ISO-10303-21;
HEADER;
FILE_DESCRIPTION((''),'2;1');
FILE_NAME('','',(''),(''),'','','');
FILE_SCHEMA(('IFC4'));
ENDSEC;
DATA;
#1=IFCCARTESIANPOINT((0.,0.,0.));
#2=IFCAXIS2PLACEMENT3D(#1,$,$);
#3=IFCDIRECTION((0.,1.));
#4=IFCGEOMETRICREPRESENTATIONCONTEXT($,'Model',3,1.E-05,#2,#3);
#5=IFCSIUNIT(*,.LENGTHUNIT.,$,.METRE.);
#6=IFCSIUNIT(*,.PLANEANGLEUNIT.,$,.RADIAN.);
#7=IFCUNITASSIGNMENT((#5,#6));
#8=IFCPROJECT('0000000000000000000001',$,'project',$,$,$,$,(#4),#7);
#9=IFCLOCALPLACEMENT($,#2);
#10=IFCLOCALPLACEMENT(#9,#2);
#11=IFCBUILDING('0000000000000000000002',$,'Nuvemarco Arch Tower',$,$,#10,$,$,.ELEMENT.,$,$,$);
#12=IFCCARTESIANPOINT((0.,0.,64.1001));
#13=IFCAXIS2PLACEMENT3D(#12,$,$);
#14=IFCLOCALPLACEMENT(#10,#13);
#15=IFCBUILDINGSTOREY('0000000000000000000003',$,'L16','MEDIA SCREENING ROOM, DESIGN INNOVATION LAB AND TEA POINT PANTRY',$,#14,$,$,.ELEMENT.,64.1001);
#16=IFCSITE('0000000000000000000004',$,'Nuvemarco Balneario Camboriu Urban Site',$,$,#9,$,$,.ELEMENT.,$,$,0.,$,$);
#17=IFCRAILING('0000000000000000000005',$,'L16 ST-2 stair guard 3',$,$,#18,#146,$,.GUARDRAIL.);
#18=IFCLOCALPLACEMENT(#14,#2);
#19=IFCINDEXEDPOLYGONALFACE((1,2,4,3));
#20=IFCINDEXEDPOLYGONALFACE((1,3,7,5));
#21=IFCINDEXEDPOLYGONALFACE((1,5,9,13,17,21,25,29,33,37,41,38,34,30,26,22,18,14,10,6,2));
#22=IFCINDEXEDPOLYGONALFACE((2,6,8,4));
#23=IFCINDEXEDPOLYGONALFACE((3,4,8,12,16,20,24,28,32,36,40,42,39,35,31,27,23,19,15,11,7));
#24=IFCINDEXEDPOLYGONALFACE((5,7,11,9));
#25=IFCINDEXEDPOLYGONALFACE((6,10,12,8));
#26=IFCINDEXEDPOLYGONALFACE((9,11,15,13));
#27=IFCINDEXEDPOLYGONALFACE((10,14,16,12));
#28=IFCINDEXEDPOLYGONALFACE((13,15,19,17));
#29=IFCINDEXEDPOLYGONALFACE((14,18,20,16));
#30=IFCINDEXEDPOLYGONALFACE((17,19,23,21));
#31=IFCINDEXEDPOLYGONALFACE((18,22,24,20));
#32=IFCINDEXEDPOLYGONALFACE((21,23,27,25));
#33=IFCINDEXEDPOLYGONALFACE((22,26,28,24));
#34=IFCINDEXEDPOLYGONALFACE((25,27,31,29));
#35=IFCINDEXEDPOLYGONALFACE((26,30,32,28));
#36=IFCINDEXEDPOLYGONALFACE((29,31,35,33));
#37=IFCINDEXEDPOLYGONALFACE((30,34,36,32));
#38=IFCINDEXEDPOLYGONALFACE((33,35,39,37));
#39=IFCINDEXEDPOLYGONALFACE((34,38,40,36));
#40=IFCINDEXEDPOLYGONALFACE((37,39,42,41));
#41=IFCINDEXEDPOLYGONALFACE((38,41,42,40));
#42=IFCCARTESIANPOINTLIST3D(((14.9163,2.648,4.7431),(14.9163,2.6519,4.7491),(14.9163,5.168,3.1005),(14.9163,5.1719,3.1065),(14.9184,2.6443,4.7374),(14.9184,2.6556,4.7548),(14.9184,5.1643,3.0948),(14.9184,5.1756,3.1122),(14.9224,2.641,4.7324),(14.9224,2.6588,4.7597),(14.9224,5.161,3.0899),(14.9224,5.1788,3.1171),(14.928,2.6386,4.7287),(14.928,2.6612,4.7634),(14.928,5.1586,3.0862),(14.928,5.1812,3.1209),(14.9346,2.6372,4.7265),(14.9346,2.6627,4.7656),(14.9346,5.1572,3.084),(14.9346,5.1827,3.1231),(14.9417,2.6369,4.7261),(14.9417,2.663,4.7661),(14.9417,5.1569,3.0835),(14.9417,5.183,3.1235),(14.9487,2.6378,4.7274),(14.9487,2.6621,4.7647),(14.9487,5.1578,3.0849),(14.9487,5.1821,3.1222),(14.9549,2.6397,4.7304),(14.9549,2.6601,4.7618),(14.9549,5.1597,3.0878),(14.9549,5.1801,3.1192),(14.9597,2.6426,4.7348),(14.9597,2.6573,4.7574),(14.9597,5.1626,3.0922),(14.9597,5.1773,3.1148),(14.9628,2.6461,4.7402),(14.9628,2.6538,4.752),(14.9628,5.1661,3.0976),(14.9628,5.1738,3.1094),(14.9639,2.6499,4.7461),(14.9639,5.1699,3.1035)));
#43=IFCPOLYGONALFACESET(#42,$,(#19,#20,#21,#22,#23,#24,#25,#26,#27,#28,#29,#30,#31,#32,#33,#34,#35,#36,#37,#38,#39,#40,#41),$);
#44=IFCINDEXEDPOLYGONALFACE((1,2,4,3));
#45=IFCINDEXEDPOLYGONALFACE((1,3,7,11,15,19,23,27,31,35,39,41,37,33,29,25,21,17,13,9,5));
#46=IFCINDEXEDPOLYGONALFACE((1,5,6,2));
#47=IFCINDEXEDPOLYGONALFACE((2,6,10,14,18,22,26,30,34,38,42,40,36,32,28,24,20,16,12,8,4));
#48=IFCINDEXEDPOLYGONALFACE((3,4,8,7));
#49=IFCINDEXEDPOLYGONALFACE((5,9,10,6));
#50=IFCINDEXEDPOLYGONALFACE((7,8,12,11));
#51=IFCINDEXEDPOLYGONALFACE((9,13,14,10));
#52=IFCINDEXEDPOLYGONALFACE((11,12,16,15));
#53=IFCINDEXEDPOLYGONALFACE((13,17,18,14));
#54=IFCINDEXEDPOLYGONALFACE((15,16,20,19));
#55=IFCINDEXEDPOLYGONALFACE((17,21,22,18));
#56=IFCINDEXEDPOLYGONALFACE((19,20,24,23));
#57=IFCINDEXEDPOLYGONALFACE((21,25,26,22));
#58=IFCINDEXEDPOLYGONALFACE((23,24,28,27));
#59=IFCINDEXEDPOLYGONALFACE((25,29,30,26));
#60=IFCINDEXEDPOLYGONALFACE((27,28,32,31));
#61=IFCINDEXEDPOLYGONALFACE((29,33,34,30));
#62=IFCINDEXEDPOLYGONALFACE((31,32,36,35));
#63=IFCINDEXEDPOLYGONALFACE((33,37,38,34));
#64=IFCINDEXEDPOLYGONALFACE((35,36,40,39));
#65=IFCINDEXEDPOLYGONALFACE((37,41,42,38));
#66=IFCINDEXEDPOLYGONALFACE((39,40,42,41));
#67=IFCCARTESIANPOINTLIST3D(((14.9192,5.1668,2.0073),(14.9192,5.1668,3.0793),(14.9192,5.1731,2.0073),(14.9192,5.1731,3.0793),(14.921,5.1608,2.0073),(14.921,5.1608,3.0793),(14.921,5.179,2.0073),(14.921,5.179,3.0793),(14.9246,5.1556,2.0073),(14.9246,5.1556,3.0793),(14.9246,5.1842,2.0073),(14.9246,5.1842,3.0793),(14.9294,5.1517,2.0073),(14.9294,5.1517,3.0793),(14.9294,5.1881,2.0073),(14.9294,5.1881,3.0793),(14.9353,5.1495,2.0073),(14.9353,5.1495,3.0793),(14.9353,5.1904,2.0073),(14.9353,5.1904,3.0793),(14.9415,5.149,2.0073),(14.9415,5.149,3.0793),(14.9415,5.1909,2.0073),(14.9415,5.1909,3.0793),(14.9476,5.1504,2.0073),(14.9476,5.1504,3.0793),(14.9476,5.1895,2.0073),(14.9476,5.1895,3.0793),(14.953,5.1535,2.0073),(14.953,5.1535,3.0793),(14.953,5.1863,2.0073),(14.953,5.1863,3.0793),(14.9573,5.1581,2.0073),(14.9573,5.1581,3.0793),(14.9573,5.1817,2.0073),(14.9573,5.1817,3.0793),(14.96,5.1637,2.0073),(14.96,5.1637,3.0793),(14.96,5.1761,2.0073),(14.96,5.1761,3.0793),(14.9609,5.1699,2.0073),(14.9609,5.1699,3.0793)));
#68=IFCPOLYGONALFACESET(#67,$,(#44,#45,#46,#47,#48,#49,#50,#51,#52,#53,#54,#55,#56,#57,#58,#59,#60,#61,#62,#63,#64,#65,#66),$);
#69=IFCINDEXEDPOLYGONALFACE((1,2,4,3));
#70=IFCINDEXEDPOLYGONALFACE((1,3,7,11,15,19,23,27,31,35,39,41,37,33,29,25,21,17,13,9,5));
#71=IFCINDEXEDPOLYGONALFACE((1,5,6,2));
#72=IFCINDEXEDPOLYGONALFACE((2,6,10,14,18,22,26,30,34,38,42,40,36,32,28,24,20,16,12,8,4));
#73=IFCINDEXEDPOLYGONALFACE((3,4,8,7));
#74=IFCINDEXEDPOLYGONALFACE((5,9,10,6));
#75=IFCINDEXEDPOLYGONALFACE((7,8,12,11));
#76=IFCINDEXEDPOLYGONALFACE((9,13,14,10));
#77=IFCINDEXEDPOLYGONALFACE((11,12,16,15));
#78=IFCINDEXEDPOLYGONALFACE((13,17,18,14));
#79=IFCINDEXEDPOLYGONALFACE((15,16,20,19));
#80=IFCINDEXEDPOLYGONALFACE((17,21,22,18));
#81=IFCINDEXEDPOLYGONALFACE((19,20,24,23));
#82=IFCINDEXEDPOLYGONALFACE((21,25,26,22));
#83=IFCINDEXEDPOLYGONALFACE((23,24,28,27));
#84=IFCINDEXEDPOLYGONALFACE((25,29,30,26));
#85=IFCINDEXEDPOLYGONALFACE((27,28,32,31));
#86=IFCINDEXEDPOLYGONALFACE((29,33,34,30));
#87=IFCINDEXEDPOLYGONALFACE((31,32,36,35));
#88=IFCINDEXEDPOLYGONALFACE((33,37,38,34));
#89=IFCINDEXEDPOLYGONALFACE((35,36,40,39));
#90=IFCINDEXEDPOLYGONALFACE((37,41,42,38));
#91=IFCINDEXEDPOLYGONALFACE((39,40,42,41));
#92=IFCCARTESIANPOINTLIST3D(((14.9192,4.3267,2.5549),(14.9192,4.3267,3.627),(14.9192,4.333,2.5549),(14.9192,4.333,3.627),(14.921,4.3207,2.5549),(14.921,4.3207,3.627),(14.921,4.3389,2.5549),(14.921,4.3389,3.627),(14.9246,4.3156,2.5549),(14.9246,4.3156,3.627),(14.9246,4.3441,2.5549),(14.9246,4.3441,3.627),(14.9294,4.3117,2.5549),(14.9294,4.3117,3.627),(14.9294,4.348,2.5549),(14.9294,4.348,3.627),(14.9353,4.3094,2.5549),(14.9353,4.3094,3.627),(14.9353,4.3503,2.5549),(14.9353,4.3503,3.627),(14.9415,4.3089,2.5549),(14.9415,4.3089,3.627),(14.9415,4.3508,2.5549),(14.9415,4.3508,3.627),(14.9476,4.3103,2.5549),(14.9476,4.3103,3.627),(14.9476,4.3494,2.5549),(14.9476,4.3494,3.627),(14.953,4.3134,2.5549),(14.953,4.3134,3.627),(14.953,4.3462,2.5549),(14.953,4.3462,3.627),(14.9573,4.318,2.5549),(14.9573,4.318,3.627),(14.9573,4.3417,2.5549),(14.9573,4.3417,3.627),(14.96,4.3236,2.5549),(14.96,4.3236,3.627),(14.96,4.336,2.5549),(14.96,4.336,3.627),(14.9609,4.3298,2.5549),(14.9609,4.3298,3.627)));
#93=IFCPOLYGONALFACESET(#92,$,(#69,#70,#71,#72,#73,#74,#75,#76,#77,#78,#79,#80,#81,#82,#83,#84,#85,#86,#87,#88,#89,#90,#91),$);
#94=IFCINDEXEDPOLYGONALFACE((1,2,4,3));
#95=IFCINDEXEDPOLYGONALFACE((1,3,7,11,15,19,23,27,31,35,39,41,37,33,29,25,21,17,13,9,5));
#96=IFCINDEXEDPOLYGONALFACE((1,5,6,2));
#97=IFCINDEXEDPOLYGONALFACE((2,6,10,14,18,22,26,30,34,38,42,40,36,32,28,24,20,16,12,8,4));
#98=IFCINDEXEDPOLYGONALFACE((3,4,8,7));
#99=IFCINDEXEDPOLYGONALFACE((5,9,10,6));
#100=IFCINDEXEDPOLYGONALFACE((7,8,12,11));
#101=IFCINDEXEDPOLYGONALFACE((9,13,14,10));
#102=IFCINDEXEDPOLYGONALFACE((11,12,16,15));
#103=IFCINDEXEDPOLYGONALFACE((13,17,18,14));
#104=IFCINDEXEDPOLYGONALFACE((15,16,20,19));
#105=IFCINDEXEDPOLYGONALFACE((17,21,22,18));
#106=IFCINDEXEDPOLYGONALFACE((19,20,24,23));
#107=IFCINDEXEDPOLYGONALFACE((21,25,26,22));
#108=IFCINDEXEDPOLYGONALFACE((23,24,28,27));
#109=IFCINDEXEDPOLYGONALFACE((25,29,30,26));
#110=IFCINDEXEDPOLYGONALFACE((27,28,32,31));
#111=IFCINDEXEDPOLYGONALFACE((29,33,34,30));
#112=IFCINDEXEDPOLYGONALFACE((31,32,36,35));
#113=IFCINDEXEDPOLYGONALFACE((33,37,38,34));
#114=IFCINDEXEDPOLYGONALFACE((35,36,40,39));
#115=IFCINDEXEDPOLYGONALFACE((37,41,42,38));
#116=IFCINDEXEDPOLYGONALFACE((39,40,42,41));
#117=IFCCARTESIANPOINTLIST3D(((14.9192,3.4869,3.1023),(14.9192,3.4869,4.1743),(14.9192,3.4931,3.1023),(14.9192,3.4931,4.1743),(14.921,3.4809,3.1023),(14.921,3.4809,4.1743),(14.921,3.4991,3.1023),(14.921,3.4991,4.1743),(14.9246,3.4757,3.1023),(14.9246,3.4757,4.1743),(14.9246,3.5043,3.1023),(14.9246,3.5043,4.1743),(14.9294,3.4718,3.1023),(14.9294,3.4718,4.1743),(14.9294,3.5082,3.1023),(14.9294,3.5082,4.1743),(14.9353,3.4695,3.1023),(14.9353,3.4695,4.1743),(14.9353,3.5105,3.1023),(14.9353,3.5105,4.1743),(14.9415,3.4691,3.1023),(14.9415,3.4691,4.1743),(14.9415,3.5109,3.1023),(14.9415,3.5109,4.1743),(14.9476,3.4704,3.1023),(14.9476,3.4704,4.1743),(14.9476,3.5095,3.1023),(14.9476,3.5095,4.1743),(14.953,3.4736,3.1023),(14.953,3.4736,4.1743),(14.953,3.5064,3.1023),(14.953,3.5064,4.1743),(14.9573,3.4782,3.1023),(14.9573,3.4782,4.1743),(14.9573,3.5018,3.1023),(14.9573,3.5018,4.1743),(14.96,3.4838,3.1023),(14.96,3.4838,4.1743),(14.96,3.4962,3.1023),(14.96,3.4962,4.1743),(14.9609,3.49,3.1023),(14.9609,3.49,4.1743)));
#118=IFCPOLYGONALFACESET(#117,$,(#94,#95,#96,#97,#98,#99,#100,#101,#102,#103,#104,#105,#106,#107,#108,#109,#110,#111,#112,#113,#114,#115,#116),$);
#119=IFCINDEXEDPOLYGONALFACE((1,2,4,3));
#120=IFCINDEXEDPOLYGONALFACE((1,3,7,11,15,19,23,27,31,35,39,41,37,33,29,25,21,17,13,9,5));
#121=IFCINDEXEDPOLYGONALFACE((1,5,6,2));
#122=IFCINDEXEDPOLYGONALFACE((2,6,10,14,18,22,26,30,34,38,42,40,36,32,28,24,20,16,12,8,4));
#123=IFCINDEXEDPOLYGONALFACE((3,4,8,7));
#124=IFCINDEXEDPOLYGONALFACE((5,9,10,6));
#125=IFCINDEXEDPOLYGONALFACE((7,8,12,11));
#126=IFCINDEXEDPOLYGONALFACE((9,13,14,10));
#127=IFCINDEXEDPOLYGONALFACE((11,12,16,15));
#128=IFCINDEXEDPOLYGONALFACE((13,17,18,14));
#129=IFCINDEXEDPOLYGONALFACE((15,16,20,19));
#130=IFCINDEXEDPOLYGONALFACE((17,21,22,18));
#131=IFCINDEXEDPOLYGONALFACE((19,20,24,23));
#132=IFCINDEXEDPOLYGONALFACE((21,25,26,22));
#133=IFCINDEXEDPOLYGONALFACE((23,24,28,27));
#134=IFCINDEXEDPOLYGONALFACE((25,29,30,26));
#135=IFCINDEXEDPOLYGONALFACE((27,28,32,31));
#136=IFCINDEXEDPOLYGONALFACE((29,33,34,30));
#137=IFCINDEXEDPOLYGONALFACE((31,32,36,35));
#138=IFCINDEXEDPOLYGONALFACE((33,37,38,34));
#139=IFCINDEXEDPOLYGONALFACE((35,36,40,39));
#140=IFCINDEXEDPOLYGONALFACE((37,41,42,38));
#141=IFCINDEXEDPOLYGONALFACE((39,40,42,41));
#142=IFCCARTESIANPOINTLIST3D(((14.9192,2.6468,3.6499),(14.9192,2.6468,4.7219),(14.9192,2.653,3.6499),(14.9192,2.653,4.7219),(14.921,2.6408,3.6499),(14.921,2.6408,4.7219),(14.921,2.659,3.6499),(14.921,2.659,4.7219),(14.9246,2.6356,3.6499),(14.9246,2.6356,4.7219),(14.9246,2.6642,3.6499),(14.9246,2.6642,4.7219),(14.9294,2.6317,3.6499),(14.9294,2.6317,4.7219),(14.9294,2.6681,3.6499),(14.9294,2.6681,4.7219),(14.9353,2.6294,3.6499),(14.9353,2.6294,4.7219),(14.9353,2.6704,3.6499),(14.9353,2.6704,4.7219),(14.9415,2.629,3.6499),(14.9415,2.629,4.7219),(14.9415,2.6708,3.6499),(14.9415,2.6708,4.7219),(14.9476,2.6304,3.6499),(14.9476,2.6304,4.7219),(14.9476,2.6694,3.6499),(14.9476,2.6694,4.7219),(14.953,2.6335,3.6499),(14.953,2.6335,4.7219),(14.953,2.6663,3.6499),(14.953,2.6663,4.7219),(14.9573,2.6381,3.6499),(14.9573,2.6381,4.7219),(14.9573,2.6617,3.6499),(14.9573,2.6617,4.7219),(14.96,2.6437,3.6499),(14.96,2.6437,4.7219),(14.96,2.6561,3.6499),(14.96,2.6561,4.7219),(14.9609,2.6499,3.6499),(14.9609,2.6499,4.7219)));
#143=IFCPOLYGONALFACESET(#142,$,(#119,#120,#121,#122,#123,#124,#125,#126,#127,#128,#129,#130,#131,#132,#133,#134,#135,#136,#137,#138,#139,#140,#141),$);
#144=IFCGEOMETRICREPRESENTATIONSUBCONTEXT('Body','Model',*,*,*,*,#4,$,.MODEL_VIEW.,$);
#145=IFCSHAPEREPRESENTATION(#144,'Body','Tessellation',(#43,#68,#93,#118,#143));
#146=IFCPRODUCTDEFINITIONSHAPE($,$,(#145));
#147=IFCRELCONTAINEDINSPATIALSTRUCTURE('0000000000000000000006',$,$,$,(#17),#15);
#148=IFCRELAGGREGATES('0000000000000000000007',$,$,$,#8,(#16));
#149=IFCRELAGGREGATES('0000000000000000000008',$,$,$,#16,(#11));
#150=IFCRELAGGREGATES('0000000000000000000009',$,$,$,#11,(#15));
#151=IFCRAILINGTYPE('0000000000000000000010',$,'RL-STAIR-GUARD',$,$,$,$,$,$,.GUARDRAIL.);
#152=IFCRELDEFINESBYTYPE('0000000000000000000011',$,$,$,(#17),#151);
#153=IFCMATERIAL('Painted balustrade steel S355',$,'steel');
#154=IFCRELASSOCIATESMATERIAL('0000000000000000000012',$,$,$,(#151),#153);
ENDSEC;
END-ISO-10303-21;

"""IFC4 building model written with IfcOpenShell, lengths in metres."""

from ifc_helpers import new_model, si_unit, direction, frame, origin, origin_2d, place, context, subcontext, project, spatial, circle, extrude, material, type_object, element, save


model = new_model("IFC4")

# Units and contexts
model_context = context("Model", 3, precision=1e-05, world=origin(), true_north=direction((0.0, 1.0)))
body_context = subcontext(model_context, "Body", "Model", "MODEL_VIEW")
ifc_project = project(units=[si_unit("LENGTHUNIT", "METRE"), si_unit("PLANEANGLEUNIT", "RADIAN")], contexts=[model_context])

# Site, building, storey
site_placement = place(None, origin())
site = spatial("IfcSite", under=ifc_project, at=site_placement, Name="Nuvemarco Balneario Camboriu Urban Site", CompositionType="ELEMENT", RefElevation=0.0)
building_placement = place(site_placement, origin())
building = spatial("IfcBuilding", under=site, at=building_placement, Name="Nuvemarco Arch Tower", CompositionType="ELEMENT")
storey_placement = place(building_placement, frame((0.0, 0.0, 64.1001)))
storey = spatial("IfcBuildingStorey", under=building, at=storey_placement, Name="L16", Description="MEDIA SCREENING ROOM, DESIGN INNOVATION LAB AND TEA POINT PANTRY", CompositionType="ELEMENT", Elevation=64.1001)

# Railing
ifc_material_1 = material(Name="Painted balustrade steel S355", Category="steel")
railing_type_1 = type_object("IfcRailingType", Name="RL-STAIR-GUARD", PredefinedType="GUARDRAIL", material=ifc_material_1)
railing_1_placement = place(storey_placement, frame((14.9399, 5.1699, 2.0073)))
element("IfcRailing", 1, at=railing_1_placement, inside=storey, type_object=railing_type_1, Name="L16 ST-2 stair guard 3", PredefinedType="GUARDRAIL", context=body_context, shape_type="SweptSolid", body=[
    extrude(circle(Radius=0.0239, at=origin_2d()), frame((0.0, 0.0, 1.0962), z_axis=(0.0, -0.837749, 0.546055), x_axis=(1.0, 0.0, 0.0)), (0.0, 0.0, 1.0), 3.0081),
    extrude(circle(Radius=0.021, at=origin_2d()), origin(), (0.0, 0.0, 1.0), 1.072),
    extrude(circle(Radius=0.021, at=origin_2d()), frame((0.0, -0.8401, 0.5476)), (0.0, 0.0, 1.0), 1.072),
    extrude(circle(Radius=0.021, at=origin_2d()), frame((0.0, -1.6799, 1.095)), (0.0, 0.0, 1.0), 1.072),
    extrude(circle(Radius=0.021, at=origin_2d()), frame((0.0, -2.52, 1.6426)), (0.0, 0.0, 1.0), 1.072),
])

save(model, "model.ifc")
